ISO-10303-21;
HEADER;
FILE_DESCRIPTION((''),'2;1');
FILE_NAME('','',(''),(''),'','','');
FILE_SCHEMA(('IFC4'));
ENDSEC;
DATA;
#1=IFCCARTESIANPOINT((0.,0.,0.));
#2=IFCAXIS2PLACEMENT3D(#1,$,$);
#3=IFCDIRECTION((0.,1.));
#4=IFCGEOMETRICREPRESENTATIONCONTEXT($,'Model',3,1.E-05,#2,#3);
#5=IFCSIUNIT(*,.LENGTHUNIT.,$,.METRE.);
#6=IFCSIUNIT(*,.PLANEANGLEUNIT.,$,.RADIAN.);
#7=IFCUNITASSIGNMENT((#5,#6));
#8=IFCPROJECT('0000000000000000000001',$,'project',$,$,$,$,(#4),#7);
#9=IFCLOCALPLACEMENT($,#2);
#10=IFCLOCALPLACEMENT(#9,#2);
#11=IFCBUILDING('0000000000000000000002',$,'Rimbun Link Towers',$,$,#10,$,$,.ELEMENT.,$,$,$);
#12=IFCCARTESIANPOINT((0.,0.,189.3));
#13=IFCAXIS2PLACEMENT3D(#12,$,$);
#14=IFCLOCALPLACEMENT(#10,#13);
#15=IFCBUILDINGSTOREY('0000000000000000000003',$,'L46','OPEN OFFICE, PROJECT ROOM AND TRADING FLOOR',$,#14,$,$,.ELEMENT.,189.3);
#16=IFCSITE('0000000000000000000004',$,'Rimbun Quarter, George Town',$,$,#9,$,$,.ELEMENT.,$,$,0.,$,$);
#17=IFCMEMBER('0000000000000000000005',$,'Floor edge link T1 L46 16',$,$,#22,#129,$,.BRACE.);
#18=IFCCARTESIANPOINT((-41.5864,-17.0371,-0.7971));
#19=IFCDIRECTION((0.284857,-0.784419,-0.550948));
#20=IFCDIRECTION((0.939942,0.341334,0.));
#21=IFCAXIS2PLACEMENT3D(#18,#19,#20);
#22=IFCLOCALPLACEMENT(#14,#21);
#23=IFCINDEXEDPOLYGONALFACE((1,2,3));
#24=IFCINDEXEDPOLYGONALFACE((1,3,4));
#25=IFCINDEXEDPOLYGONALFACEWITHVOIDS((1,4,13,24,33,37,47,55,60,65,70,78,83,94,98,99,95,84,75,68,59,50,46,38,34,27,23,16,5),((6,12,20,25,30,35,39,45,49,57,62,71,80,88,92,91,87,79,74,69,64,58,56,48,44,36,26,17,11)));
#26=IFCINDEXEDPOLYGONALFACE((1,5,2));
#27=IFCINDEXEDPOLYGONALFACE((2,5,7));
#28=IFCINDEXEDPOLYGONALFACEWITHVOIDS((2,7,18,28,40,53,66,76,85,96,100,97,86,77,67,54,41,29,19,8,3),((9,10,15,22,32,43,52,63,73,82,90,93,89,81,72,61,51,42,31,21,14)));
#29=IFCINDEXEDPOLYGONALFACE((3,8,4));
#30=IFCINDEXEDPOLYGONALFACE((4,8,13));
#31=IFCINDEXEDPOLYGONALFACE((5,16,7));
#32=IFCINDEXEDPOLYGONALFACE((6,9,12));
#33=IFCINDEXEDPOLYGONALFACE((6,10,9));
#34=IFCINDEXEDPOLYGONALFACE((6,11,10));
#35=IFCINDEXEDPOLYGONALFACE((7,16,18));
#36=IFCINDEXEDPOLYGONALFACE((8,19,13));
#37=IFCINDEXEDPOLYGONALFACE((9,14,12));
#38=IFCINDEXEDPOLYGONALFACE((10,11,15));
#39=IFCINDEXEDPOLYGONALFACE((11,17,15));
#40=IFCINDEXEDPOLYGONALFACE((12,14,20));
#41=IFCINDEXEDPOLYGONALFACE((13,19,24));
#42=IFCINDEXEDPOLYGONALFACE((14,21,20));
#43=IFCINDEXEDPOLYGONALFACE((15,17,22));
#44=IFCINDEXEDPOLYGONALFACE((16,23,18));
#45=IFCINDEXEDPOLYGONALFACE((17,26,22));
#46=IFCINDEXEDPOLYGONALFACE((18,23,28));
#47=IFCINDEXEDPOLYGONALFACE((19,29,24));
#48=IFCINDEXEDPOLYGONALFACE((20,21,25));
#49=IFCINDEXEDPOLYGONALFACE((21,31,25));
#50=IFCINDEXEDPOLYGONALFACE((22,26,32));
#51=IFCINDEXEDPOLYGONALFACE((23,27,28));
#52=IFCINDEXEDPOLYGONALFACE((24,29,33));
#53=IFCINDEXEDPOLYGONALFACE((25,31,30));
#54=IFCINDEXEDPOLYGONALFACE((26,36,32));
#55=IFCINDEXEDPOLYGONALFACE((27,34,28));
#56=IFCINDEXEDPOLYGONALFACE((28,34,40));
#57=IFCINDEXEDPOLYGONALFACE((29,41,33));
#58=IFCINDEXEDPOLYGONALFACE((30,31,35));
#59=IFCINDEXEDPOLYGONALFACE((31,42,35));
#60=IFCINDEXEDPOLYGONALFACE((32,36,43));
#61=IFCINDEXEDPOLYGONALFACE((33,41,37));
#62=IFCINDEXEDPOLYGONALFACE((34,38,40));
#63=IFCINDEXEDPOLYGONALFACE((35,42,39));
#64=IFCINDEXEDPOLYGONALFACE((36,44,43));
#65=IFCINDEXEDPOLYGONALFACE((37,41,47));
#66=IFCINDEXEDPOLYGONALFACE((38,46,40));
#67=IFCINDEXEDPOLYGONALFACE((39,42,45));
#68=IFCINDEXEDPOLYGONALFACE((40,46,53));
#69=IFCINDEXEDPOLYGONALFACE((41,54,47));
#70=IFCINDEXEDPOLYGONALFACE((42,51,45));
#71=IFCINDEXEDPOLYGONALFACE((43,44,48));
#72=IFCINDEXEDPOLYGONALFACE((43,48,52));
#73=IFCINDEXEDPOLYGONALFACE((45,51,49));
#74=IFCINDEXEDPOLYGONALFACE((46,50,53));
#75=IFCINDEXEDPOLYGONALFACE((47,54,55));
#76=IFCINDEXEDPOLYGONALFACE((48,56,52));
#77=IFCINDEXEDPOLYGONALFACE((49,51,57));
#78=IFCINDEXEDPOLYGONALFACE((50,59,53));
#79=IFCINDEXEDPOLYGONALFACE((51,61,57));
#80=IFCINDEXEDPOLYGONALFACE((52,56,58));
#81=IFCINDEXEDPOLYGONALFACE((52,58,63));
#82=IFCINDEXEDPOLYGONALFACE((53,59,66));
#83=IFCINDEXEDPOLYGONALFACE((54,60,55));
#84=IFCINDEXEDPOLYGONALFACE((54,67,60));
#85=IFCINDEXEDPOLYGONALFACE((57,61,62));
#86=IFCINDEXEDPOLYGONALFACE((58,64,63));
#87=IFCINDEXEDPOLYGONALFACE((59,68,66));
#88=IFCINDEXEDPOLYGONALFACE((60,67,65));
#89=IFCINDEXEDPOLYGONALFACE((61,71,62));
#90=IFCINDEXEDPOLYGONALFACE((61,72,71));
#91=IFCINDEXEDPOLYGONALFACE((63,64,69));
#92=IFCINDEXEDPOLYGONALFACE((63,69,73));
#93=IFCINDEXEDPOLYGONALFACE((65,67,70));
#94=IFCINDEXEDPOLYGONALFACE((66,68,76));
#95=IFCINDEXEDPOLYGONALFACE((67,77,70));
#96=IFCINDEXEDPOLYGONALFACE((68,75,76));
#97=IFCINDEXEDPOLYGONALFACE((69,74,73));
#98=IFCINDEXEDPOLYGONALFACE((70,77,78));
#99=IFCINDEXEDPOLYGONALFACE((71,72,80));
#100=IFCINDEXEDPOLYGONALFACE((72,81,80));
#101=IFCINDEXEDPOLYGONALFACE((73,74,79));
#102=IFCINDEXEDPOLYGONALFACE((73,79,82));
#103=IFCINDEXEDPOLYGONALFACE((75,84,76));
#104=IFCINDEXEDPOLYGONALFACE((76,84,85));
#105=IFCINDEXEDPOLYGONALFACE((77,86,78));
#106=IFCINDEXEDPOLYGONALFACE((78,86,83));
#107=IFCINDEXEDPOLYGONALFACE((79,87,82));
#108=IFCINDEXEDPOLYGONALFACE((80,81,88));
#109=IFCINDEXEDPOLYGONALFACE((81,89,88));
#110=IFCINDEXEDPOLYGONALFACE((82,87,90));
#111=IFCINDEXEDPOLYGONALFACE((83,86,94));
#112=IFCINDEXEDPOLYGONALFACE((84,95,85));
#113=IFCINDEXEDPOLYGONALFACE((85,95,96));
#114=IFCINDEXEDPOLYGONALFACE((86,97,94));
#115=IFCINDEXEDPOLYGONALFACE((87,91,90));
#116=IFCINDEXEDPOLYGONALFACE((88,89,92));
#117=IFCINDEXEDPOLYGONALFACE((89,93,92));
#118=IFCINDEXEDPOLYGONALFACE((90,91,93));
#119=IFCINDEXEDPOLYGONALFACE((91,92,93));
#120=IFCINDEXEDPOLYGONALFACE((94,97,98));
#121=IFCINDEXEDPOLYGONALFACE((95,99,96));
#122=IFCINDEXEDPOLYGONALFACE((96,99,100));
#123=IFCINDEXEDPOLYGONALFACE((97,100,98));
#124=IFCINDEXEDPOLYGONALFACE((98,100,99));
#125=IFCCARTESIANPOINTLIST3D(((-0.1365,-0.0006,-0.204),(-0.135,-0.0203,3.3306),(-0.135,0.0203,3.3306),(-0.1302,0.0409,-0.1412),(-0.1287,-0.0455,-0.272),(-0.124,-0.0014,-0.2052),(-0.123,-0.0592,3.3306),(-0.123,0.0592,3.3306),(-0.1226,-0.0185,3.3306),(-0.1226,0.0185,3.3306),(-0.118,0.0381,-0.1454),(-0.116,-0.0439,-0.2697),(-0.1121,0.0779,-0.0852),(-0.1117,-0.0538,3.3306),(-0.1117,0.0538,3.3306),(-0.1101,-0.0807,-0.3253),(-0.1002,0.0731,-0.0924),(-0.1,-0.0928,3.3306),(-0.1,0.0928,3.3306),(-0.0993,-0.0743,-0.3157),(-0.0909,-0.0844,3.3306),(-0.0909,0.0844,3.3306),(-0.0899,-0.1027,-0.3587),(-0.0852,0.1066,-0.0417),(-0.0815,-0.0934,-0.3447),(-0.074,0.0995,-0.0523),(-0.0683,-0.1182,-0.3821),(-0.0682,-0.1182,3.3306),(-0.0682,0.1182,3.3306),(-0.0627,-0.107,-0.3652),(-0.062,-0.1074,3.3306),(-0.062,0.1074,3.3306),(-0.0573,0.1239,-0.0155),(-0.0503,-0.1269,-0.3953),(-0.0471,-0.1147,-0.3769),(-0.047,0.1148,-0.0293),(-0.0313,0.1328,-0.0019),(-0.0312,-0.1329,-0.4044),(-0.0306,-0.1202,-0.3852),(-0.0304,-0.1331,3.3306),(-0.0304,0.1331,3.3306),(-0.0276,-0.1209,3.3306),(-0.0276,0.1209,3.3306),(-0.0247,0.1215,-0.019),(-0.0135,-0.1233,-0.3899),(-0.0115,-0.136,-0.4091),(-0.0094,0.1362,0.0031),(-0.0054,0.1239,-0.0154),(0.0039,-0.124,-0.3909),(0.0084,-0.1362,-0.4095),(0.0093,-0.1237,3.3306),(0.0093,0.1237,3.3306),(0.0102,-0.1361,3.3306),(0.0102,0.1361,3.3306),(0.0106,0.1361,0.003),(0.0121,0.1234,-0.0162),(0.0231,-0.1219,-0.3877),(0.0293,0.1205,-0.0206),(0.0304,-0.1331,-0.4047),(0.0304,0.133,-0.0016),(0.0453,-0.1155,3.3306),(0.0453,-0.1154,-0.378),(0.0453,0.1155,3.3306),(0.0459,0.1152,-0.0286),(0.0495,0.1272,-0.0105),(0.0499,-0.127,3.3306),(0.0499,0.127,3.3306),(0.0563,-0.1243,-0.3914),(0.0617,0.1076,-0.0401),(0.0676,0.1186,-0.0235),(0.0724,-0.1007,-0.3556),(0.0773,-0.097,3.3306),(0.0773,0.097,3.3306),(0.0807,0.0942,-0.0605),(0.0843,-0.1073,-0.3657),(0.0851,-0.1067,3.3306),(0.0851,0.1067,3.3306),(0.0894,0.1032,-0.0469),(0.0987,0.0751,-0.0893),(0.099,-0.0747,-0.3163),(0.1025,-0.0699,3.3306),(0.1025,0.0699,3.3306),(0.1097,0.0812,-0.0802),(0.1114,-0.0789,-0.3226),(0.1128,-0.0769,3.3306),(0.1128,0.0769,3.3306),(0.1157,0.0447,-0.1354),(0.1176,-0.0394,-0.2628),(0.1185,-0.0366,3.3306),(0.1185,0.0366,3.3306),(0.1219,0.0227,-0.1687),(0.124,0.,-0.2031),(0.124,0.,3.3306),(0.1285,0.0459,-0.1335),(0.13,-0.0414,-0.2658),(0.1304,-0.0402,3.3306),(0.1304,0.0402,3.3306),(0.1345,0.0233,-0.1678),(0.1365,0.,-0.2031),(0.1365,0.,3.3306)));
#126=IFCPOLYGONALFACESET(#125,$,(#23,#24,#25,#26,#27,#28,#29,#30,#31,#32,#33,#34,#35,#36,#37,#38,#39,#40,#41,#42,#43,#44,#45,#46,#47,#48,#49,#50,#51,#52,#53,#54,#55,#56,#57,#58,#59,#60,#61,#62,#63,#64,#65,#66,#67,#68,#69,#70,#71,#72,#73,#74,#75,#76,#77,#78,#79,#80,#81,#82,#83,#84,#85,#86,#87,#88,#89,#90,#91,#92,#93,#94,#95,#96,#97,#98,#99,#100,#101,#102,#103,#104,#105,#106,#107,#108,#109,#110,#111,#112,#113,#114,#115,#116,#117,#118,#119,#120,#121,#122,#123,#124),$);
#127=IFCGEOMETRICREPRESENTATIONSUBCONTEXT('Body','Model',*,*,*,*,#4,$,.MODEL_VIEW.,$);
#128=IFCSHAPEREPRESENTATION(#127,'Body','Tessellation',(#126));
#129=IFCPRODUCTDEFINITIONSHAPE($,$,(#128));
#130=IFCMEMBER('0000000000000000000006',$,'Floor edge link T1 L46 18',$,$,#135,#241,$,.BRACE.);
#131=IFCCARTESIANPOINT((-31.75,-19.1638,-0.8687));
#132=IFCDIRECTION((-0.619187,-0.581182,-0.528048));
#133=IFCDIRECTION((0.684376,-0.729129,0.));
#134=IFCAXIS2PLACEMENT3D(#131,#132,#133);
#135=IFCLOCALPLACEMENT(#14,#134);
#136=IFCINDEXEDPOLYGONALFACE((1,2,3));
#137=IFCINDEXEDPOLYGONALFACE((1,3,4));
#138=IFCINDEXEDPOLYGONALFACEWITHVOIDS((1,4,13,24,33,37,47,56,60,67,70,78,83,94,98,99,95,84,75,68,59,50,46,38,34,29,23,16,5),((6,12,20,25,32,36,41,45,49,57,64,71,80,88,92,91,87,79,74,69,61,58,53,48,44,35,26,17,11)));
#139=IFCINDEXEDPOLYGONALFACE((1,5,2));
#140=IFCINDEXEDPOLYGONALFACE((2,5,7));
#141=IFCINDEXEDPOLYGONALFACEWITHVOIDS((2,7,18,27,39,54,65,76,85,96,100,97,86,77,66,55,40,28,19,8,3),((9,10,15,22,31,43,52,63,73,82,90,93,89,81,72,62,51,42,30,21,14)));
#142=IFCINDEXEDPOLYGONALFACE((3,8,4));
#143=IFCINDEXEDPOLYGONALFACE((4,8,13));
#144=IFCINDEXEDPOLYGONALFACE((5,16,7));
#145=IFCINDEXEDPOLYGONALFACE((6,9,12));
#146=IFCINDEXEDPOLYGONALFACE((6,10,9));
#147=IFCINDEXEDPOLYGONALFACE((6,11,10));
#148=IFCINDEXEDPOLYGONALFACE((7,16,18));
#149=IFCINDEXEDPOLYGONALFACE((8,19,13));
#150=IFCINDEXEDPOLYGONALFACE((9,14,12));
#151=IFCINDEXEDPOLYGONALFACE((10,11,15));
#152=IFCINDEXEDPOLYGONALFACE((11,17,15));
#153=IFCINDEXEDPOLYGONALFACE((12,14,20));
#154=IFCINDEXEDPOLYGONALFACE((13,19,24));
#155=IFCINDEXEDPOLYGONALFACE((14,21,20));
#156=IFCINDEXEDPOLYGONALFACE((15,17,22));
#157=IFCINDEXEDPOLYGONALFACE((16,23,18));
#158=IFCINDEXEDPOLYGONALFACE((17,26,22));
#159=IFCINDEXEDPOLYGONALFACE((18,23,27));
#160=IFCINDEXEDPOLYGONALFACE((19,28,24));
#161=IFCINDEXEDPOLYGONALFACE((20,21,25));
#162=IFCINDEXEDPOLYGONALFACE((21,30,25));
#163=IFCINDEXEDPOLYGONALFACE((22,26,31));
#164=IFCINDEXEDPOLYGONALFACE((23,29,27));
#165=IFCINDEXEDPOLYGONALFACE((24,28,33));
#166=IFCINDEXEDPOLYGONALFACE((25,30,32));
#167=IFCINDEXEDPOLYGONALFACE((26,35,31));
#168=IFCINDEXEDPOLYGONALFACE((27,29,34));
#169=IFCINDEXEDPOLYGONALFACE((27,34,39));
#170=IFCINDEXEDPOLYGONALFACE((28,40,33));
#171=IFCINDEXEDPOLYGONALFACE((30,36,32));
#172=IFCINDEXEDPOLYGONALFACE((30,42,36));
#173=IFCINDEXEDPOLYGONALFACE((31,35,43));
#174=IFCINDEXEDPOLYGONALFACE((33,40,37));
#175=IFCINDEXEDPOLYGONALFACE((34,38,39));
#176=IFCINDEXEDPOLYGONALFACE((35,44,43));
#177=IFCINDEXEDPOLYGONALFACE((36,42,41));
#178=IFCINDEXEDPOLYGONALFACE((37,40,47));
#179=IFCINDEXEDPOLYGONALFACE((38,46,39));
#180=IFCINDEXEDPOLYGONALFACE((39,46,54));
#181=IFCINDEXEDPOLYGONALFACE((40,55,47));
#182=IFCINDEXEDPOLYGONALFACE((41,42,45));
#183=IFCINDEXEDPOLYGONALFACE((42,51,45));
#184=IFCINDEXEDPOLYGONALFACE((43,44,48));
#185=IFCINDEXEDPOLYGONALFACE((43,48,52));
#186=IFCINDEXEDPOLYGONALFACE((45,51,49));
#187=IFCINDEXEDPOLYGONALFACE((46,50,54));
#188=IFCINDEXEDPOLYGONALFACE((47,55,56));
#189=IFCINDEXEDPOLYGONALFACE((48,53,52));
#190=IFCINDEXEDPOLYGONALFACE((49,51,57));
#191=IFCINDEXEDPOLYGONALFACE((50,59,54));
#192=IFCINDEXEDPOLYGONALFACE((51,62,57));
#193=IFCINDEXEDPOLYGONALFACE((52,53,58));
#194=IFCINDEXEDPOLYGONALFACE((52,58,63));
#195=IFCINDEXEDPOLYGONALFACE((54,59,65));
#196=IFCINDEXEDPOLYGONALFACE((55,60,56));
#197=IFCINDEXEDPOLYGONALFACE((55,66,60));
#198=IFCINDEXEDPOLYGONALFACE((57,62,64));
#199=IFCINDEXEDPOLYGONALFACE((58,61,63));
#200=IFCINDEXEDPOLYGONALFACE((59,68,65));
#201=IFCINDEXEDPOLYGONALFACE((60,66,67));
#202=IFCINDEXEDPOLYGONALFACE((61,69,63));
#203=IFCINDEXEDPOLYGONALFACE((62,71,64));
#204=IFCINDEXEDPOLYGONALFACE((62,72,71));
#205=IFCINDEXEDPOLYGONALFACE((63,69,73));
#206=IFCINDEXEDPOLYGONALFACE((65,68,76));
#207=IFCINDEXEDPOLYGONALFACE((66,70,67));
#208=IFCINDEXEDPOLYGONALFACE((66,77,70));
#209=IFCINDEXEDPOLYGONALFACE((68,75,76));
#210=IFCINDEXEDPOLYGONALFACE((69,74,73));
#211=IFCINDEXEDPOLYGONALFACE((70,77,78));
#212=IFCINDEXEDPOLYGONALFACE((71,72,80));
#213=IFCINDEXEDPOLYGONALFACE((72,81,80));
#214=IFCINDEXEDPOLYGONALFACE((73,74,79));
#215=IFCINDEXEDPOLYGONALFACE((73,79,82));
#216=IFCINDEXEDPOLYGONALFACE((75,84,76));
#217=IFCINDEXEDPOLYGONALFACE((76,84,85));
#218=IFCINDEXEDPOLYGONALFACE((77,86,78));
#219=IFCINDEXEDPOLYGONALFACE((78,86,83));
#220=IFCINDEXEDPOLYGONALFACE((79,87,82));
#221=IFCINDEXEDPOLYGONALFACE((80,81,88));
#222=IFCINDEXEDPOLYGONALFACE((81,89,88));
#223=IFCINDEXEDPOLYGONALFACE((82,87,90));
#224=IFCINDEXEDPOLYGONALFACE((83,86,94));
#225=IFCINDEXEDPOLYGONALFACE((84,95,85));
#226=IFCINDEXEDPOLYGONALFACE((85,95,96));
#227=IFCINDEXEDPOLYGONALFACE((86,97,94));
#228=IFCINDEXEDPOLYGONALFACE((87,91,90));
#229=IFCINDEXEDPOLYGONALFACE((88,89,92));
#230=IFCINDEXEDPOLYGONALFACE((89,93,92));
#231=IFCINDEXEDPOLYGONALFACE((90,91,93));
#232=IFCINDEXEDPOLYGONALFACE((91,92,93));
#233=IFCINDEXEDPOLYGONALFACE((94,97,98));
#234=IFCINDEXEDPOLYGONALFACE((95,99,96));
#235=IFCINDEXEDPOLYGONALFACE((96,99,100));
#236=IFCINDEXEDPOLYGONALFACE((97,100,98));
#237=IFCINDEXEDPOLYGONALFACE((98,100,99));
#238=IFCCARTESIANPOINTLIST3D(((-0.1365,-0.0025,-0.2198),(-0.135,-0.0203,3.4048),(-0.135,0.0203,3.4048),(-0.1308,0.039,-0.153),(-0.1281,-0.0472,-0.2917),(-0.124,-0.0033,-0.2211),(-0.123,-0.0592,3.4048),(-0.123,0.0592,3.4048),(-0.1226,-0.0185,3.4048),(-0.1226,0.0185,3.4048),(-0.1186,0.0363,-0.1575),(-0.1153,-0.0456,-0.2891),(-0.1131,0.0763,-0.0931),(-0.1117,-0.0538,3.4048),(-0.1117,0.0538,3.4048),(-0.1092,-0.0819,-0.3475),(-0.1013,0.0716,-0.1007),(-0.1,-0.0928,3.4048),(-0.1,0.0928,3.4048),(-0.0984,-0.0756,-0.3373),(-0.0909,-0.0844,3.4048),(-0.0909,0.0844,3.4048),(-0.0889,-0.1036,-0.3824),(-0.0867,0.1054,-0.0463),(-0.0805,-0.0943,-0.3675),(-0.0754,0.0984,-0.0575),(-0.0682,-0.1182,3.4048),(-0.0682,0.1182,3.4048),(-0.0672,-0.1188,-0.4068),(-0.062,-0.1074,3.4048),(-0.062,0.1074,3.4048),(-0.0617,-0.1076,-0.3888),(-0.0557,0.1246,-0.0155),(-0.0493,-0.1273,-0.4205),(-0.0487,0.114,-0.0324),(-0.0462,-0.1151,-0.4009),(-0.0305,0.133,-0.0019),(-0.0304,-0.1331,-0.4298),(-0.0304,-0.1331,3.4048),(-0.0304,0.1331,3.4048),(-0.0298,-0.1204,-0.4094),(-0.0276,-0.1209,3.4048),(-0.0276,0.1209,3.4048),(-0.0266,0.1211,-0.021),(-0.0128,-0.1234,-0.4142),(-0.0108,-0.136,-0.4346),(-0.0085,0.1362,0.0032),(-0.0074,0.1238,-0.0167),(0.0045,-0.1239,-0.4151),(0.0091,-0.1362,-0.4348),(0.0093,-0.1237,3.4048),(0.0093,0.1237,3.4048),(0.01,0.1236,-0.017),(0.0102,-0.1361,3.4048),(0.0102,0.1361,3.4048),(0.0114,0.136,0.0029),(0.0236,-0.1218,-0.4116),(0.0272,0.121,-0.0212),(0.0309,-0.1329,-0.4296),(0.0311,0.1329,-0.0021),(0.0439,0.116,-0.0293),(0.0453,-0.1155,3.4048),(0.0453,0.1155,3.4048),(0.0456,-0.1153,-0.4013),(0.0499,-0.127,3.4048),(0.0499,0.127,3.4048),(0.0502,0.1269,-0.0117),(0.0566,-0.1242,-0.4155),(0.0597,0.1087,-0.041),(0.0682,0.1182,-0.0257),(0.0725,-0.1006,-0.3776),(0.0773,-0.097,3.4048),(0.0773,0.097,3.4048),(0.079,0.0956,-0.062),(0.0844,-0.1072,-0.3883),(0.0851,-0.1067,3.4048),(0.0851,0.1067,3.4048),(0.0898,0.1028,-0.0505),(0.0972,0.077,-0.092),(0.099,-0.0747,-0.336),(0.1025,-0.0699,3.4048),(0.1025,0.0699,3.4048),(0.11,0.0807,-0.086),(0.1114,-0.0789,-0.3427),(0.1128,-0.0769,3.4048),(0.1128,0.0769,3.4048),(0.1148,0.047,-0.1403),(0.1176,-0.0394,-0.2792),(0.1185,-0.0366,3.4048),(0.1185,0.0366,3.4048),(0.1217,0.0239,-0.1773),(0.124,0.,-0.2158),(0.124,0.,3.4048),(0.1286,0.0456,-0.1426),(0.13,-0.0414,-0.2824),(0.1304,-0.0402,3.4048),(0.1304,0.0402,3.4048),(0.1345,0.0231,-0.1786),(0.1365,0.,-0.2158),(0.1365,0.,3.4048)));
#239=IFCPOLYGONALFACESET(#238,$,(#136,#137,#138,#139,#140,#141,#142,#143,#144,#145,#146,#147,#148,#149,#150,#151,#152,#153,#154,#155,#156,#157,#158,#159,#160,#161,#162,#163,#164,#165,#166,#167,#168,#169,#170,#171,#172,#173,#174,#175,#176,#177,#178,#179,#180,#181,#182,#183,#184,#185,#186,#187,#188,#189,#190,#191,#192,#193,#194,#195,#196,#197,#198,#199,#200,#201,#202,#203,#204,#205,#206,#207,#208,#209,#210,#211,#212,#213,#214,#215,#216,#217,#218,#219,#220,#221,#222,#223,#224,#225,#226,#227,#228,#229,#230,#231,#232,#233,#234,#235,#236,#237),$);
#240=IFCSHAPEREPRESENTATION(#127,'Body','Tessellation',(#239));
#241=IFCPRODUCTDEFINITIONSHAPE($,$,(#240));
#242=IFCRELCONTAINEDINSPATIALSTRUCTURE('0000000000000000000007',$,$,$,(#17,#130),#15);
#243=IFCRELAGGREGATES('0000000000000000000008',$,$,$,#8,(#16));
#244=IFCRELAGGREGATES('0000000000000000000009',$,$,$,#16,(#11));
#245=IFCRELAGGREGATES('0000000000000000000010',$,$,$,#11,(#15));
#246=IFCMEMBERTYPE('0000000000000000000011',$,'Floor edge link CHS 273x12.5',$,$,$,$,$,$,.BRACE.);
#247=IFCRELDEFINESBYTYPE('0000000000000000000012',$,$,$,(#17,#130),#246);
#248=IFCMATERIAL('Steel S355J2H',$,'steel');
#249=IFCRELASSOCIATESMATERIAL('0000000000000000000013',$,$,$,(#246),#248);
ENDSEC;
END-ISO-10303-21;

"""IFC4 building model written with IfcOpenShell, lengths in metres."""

from ifc_helpers import new_model, si_unit, direction, frame, origin, origin_2d, place, context, subcontext, project, spatial, hollow_circle, extrude, clip, halfspace, material, material_profile, profile_set, type_object, element, save


model = new_model("IFC4")

# Units and contexts
model_context = context("Model", 3, precision=1e-05, world=origin(), true_north=direction((0.0, 1.0)))
body_context = subcontext(model_context, "Body", "Model", "MODEL_VIEW")
ifc_project = project(units=[si_unit("LENGTHUNIT", "METRE"), si_unit("PLANEANGLEUNIT", "RADIAN")], contexts=[model_context])

# Site, building, storey
site_placement = place(None, origin())
site = spatial("IfcSite", under=ifc_project, at=site_placement, Name="Rimbun Quarter, George Town", CompositionType="ELEMENT", RefElevation=0.0)
building_placement = place(site_placement, origin())
building = spatial("IfcBuilding", under=site, at=building_placement, Name="Rimbun Link Towers", CompositionType="ELEMENT")
storey_placement = place(building_placement, frame((0.0, 0.0, 189.3)))
storey = spatial("IfcBuildingStorey", under=building, at=storey_placement, Name="L46", Description="OPEN OFFICE, PROJECT ROOM AND TRADING FLOOR", CompositionType="ELEMENT", Elevation=189.3)

# Members
ifc_material_1 = material(Name="Steel S355J2H", Category="steel")
ifc_material_profile_1 = material_profile(ifc_material_1, hollow_circle(Radius=0.1365, WallThickness=0.0125, at=origin_2d()), Name="CHS 273x12.5")
ifc_profile_set_1 = profile_set([ifc_material_profile_1], Name="Steel S355J2H")
member_type_1 = type_object("IfcMemberType", Name="Floor edge link CHS 273x12.5", PredefinedType="BRACE", material=ifc_profile_set_1)
member_1_placement = place(storey_placement, frame((-41.5864, -17.0371, -0.7971), z_axis=(0.284857, -0.784419, -0.550948), x_axis=(0.939942, 0.341334, 0.0)))
element("IfcMember", 1, at=member_1_placement, inside=storey, type_object=member_type_1, Name="Floor edge link T1 L46 16", PredefinedType="BRACE", context=body_context, shape_type="Clipping", body=[
    clip(extrude(hollow_circle(Radius=0.1365, WallThickness=0.0125, at=origin_2d()), frame((0.0, 0.0, -0.4316)), (0.0, 0.0, 1.0), 3.7622), halfspace(frame((0.0, 0.0, -0.2031), z_axis=(0.0, 0.83454, -0.550948)), False)),
])
member_2_placement = place(storey_placement, frame((-31.75, -19.1638, -0.8687), z_axis=(-0.619187, -0.581182, -0.528048), x_axis=(0.684376, -0.729129, 0.0)))
element("IfcMember", 2, at=member_2_placement, inside=storey, type_object=member_type_1, Name="Floor edge link T1 L46 18", PredefinedType="BRACE", context=body_context, shape_type="Clipping", body=[
    clip(extrude(hollow_circle(Radius=0.1365, WallThickness=0.0125, at=origin_2d()), frame((0.0, 0.0, -0.458)), (0.0, 0.0, 1.0), 3.8628), halfspace(frame((0.0, 0.0, -0.2158), z_axis=(0.0, 0.849215, -0.528048)), False)),
])

save(model, "model.ifc")
